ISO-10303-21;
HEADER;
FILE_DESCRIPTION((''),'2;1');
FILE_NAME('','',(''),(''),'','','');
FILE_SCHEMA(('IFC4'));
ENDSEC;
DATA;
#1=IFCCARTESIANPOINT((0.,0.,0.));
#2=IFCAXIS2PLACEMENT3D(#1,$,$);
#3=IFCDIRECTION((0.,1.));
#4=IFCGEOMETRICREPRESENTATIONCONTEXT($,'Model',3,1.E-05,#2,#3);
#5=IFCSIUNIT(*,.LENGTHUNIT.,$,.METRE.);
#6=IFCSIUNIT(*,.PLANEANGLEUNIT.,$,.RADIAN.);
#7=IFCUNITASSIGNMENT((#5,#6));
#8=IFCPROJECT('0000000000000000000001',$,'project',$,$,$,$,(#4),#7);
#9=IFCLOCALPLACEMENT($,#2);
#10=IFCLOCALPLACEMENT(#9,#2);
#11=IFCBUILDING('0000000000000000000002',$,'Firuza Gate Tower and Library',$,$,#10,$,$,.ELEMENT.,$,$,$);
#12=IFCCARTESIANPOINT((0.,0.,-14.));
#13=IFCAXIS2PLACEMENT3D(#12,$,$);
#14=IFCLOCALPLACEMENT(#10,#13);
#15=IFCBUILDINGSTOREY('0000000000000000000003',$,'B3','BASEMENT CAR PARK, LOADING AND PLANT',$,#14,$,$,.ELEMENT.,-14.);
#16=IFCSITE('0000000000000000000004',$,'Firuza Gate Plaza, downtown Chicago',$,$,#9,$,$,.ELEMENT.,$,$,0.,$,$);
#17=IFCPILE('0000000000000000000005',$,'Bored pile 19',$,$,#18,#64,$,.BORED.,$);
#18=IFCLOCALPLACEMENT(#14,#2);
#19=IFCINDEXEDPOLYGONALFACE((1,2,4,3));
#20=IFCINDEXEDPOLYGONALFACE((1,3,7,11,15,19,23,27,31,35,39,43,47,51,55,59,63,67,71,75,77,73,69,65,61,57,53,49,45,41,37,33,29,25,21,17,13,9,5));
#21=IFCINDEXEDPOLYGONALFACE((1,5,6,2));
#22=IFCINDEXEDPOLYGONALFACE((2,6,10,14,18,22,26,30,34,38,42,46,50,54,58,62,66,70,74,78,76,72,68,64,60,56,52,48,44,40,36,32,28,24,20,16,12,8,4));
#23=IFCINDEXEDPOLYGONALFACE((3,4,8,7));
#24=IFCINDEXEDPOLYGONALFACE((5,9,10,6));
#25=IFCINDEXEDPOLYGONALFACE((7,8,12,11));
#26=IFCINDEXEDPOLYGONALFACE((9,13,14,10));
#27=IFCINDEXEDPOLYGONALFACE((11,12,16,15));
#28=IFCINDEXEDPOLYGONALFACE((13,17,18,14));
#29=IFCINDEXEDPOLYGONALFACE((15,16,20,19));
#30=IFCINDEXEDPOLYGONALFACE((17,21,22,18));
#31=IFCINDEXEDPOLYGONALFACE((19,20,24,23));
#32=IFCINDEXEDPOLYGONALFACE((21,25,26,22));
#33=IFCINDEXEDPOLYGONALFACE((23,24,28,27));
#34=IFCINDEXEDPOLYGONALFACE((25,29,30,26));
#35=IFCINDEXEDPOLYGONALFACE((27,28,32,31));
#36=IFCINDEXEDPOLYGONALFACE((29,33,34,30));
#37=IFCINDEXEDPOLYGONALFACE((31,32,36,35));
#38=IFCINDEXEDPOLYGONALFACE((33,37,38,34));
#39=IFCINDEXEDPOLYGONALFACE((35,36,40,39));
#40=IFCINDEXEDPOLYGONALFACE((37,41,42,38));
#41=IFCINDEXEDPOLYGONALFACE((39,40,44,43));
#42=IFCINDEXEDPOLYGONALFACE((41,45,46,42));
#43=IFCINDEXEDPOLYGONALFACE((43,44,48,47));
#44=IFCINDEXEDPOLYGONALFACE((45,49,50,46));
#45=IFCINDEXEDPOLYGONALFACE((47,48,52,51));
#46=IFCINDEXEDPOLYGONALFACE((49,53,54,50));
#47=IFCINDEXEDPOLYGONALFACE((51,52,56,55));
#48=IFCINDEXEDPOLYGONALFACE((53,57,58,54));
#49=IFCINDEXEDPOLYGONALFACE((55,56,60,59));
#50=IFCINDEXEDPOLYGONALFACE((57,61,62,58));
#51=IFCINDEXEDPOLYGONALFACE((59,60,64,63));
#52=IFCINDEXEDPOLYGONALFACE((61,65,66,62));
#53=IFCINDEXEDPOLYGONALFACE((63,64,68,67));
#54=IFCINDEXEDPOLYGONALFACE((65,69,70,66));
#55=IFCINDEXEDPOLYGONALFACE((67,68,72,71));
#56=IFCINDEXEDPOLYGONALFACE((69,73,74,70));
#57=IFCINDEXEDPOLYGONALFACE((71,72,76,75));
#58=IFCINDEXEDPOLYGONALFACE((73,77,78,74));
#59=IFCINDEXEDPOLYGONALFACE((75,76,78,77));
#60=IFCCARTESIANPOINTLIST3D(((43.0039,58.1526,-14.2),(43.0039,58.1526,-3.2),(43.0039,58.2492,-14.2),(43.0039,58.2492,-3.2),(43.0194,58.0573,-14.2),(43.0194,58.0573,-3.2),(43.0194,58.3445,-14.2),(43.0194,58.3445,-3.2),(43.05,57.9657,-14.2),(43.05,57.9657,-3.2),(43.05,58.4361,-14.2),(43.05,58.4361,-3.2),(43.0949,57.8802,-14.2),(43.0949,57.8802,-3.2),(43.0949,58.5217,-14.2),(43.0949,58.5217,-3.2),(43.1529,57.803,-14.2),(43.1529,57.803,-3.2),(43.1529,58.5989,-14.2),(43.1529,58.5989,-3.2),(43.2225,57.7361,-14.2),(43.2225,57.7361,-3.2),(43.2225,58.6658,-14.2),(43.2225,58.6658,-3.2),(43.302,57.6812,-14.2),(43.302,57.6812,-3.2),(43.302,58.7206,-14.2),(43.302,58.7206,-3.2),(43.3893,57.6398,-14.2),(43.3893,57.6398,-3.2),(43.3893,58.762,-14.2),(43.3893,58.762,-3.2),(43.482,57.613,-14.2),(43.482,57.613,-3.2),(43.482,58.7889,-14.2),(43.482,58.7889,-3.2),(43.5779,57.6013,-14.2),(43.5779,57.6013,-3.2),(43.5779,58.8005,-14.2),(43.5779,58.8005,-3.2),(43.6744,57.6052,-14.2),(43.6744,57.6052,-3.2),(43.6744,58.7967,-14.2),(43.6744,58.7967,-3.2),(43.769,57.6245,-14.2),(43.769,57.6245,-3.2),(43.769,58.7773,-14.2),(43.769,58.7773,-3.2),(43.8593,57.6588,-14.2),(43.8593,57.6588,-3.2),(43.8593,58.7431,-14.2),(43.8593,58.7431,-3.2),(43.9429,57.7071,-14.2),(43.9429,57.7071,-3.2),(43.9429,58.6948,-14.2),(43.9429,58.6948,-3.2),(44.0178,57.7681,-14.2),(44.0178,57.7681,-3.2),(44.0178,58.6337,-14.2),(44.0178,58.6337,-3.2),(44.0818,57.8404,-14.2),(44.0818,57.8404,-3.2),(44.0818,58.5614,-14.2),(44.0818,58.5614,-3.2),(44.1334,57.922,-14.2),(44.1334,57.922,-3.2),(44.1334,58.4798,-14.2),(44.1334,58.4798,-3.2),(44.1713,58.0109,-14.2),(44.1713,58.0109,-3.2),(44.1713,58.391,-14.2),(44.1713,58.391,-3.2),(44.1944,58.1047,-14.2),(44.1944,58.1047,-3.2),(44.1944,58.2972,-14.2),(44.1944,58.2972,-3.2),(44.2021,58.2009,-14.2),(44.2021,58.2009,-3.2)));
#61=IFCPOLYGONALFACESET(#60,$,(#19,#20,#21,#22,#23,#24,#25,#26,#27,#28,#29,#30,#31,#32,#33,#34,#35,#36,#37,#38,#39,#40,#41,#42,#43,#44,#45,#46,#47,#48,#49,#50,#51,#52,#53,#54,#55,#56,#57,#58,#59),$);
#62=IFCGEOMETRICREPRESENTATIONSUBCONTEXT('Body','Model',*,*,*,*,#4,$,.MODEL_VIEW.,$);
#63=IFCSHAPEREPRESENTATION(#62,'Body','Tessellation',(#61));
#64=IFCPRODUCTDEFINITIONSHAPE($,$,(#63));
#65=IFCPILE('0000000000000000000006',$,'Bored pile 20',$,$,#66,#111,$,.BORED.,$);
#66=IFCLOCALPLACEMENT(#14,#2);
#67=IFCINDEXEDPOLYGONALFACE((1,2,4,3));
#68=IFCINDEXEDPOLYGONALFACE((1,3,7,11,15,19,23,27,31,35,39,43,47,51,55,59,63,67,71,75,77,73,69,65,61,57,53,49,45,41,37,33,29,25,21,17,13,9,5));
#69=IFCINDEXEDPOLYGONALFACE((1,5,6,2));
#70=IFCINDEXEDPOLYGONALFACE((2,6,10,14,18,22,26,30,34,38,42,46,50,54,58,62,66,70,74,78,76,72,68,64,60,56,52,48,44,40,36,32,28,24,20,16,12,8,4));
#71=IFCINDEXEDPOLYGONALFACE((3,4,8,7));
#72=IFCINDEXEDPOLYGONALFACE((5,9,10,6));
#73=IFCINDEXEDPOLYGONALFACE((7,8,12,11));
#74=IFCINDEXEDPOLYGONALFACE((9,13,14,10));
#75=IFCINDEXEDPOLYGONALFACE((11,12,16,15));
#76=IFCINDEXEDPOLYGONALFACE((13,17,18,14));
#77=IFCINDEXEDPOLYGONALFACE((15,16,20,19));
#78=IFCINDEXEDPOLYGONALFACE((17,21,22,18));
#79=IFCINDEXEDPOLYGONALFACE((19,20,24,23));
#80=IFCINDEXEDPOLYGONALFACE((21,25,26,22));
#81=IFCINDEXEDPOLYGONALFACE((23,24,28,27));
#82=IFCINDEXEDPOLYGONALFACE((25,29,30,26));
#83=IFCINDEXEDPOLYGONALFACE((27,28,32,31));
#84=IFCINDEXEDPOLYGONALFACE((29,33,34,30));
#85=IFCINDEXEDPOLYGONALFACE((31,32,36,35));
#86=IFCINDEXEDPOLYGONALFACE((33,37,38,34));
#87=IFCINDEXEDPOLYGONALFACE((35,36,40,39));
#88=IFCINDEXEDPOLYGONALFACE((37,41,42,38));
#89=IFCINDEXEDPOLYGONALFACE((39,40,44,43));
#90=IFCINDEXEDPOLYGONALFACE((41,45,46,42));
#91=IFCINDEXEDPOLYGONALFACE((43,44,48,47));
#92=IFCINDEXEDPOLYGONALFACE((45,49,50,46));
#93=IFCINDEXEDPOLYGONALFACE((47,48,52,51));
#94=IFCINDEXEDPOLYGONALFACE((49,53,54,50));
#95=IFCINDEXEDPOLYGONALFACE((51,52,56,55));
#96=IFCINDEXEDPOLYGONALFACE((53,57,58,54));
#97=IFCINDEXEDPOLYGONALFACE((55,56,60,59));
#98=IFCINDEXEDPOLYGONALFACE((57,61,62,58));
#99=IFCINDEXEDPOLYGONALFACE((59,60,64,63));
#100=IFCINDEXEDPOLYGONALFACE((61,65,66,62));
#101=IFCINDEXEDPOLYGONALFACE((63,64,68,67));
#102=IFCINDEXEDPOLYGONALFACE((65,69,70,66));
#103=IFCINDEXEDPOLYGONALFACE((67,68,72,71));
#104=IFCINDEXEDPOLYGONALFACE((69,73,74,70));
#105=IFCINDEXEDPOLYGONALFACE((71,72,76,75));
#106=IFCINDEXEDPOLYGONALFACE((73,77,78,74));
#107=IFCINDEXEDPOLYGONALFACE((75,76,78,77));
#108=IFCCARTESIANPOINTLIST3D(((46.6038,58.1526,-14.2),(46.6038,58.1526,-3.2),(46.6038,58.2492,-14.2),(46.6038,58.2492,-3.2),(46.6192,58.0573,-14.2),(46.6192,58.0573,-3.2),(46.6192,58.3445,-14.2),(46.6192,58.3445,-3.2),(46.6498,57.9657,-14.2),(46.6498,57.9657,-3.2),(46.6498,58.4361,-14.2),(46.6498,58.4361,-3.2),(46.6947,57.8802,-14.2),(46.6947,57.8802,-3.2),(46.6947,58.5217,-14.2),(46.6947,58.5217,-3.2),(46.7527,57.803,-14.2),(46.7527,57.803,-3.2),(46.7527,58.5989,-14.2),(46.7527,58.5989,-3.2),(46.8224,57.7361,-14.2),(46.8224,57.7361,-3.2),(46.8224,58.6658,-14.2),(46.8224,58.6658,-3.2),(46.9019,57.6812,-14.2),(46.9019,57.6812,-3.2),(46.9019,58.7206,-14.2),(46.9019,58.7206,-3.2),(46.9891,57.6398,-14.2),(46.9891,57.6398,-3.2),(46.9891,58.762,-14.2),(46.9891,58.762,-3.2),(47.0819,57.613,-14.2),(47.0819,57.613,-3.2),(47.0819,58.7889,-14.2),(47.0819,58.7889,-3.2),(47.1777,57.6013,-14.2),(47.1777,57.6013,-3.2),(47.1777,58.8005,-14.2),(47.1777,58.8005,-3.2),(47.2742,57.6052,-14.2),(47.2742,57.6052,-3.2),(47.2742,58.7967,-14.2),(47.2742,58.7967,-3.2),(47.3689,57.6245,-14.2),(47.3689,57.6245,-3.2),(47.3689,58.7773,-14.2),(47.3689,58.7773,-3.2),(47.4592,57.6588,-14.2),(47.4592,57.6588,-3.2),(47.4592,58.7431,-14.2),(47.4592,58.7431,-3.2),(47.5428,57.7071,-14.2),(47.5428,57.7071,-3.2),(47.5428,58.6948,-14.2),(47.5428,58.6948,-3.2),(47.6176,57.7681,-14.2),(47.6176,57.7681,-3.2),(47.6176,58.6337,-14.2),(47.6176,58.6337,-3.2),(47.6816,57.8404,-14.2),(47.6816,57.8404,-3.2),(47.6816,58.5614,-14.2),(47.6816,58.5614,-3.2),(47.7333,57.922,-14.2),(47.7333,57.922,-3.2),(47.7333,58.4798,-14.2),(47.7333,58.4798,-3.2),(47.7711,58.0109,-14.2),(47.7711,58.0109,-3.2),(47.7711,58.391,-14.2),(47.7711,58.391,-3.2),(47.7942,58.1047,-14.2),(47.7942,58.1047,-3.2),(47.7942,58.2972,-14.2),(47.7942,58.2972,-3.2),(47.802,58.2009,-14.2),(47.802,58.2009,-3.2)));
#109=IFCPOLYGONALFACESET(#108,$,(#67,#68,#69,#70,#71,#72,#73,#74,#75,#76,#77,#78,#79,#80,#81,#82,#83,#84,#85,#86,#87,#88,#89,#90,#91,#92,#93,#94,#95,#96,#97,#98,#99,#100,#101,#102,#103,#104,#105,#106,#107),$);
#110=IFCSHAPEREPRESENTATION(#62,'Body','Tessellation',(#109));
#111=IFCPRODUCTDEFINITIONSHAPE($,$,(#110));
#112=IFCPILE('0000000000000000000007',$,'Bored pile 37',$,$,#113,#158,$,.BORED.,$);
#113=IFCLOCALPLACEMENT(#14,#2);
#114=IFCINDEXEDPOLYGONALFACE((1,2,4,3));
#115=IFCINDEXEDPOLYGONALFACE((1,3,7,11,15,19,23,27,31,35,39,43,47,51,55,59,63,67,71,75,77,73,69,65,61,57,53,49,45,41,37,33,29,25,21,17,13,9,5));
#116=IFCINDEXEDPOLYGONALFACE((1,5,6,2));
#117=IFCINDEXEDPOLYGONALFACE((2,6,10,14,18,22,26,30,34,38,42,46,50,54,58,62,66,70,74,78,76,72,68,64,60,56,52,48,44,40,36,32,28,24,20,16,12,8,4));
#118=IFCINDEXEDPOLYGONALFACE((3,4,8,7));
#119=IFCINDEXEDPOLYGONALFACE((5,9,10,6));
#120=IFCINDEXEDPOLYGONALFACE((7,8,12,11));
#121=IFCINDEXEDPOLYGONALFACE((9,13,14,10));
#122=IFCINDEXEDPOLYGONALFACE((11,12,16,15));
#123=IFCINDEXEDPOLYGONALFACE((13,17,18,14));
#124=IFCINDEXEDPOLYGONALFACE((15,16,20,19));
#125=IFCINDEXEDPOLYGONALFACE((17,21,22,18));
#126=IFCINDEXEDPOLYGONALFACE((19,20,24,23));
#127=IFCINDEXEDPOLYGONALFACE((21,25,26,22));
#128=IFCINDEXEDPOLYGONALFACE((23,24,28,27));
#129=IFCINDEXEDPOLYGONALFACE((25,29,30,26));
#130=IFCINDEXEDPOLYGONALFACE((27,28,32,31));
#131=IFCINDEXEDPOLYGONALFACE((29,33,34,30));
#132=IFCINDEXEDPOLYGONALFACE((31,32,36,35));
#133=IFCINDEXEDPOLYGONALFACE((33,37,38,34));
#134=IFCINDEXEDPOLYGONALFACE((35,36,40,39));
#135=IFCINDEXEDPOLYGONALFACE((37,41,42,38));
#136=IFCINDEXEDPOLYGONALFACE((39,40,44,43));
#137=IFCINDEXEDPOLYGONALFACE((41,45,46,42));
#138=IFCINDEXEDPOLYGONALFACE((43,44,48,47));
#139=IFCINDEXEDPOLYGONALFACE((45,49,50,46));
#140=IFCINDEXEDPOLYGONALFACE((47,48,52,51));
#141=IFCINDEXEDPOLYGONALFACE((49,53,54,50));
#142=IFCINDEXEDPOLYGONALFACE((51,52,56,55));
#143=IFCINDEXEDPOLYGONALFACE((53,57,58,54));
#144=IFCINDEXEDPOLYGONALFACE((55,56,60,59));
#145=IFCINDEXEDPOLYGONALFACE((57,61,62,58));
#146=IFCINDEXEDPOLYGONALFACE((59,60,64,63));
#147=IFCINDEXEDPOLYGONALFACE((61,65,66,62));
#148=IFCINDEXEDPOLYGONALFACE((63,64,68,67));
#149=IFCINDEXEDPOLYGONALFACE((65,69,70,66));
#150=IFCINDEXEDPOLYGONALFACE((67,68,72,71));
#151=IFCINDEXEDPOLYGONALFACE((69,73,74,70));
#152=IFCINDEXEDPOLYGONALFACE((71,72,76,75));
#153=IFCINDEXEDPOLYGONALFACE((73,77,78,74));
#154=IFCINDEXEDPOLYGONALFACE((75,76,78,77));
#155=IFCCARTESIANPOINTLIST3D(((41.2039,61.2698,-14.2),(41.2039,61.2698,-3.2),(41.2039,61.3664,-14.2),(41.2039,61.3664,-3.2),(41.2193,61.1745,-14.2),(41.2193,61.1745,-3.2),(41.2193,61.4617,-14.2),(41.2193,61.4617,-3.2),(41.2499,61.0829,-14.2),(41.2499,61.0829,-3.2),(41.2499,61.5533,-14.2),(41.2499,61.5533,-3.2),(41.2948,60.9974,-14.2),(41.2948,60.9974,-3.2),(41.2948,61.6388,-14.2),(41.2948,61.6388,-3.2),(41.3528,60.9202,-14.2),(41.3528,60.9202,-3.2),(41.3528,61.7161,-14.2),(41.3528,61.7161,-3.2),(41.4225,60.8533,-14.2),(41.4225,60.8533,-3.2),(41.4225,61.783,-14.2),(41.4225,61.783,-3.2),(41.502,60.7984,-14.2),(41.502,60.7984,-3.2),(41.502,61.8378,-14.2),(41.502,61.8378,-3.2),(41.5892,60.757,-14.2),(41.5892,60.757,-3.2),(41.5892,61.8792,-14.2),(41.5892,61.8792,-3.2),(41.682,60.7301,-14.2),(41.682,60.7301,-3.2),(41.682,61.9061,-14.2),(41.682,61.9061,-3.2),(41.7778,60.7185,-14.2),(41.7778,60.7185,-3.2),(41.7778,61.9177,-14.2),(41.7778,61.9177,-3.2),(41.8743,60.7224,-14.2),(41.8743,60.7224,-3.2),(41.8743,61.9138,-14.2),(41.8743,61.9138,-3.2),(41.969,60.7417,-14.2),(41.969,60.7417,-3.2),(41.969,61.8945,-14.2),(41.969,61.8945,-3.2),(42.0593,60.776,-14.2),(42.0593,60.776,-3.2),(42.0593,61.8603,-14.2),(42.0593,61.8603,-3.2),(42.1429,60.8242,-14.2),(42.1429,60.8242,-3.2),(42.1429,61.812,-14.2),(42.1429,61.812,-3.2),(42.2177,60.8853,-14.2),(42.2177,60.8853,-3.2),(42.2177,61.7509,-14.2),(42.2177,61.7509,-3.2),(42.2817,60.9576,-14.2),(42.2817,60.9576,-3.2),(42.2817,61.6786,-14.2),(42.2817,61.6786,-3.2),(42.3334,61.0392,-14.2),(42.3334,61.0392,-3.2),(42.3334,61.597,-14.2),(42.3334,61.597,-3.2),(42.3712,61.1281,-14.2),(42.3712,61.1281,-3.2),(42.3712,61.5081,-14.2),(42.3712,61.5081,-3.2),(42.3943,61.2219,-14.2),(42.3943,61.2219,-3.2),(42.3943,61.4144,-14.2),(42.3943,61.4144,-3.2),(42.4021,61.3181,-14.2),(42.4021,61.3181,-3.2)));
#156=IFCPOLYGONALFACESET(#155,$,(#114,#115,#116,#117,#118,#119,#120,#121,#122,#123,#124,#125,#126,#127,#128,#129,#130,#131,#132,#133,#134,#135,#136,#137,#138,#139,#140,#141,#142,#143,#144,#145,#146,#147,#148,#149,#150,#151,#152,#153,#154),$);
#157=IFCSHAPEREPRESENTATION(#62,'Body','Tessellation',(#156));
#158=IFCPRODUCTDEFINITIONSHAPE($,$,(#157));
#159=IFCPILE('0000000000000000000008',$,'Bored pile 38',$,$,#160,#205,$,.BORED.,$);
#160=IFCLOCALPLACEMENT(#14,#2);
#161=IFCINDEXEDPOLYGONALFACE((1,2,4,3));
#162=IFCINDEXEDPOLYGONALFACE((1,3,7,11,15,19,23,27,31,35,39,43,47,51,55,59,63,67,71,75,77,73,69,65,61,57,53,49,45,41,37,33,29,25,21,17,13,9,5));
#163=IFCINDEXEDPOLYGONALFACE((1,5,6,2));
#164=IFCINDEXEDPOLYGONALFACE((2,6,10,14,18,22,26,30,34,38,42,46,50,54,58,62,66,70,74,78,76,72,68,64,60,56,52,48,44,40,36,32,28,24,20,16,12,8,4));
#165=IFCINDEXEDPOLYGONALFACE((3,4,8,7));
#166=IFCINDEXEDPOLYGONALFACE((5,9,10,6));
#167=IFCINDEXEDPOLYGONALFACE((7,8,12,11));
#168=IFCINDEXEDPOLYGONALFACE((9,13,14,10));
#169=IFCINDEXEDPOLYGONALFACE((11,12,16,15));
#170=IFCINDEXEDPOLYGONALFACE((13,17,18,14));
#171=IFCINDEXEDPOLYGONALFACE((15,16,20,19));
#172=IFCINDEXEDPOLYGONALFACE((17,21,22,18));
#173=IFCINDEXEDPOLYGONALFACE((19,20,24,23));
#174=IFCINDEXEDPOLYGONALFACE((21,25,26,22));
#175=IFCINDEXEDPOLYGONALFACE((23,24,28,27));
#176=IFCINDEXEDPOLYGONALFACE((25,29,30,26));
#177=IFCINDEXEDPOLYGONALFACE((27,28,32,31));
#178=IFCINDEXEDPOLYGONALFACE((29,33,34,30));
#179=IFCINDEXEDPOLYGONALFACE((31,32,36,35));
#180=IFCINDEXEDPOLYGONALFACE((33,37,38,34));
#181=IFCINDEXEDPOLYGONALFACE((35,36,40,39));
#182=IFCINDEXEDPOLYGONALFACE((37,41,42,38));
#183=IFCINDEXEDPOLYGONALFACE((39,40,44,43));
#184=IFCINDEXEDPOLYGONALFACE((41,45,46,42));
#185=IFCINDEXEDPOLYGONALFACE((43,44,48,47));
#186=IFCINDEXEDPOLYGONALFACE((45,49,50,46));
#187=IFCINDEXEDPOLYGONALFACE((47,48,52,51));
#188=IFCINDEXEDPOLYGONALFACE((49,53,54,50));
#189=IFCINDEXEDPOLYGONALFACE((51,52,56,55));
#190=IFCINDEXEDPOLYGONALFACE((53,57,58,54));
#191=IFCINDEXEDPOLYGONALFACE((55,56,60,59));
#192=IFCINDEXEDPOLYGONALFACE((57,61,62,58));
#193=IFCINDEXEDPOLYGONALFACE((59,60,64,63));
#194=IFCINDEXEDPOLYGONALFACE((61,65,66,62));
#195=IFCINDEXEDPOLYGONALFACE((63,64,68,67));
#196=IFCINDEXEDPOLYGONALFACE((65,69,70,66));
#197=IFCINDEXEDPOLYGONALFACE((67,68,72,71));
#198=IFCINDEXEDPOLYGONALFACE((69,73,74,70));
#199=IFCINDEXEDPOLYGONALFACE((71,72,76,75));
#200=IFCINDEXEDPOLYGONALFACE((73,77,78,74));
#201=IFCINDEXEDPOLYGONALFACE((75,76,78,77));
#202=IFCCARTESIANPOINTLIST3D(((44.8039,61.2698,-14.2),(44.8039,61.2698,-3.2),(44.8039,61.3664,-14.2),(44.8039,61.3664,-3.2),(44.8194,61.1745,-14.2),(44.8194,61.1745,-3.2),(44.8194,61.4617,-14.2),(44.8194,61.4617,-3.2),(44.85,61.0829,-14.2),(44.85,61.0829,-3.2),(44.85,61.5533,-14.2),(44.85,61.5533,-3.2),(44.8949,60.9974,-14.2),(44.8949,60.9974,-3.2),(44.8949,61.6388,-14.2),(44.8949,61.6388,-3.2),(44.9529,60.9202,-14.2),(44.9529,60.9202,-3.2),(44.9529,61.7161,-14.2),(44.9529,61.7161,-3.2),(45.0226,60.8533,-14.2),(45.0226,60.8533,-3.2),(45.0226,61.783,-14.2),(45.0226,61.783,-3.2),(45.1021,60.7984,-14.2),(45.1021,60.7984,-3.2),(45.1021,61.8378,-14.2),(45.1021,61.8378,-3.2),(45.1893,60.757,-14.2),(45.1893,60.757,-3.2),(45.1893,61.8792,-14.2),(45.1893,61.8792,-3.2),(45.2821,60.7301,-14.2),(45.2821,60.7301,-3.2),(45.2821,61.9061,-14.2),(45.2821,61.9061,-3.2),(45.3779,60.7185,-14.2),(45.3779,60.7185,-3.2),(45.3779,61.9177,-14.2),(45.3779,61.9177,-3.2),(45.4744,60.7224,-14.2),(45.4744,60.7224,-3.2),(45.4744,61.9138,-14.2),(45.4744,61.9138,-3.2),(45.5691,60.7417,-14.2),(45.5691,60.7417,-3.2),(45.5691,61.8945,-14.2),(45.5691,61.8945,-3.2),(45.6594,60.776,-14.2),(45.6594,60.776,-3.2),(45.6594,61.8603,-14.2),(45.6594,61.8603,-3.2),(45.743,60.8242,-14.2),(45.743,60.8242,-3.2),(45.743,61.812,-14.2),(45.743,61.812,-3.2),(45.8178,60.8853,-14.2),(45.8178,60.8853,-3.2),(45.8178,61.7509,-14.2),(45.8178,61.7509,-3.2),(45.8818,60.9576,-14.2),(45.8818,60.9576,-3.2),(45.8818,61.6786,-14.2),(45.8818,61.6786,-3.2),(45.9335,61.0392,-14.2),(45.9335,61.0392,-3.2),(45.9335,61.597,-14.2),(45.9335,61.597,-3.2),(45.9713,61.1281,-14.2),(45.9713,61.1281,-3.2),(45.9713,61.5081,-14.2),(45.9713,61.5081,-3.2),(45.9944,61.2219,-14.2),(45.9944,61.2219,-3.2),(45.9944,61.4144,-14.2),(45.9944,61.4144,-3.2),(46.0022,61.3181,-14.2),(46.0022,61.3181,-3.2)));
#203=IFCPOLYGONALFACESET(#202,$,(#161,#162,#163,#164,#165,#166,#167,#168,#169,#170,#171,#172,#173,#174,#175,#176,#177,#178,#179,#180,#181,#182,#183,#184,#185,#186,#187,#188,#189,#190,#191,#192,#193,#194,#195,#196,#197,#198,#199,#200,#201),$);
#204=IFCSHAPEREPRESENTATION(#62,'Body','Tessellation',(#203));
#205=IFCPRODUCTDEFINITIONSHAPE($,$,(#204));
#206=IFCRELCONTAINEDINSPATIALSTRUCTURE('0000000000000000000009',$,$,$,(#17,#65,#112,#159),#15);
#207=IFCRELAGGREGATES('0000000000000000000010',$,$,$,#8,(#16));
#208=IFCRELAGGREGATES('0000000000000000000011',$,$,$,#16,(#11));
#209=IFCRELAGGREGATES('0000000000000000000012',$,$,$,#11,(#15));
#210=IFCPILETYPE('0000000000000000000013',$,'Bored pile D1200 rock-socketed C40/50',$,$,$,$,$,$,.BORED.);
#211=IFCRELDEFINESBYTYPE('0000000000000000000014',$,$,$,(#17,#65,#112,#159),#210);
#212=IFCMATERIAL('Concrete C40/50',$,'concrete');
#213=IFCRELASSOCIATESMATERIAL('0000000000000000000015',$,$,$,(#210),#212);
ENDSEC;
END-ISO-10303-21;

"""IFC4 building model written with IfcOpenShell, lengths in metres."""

from ifc_helpers import new_model, si_unit, direction, frame, origin, origin_2d, place, context, subcontext, project, spatial, circle, extrude, material, material_profile, profile_set, type_object, element, save


model = new_model("IFC4")

# Units and contexts
model_context = context("Model", 3, precision=1e-05, world=origin(), true_north=direction((0.0, 1.0)))
body_context = subcontext(model_context, "Body", "Model", "MODEL_VIEW")
ifc_project = project(units=[si_unit("LENGTHUNIT", "METRE"), si_unit("PLANEANGLEUNIT", "RADIAN")], contexts=[model_context])

# Site, building, storey
site_placement = place(None, origin())
site = spatial("IfcSite", under=ifc_project, at=site_placement, Name="Firuza Gate Plaza, downtown Chicago", CompositionType="ELEMENT", RefElevation=0.0)
building_placement = place(site_placement, origin())
building = spatial("IfcBuilding", under=site, at=building_placement, Name="Firuza Gate Tower and Library", CompositionType="ELEMENT")
storey_placement = place(building_placement, frame((0.0, 0.0, -14.0)))
storey = spatial("IfcBuildingStorey", under=building, at=storey_placement, Name="B3", Description="BASEMENT CAR PARK, LOADING AND PLANT", CompositionType="ELEMENT", Elevation=-14.0)

# Piles
ifc_material_1 = material(Name="Concrete C40/50", Category="concrete")
ifc_material_profile_1 = material_profile(ifc_material_1, circle(Radius=0.6001, at=origin_2d()))
ifc_profile_set_1 = profile_set([ifc_material_profile_1], Name="Concrete C40/50")
pile_type = type_object("IfcPileType", Name="Bored pile D1200 rock-socketed C40/50", PredefinedType="BORED", material=ifc_profile_set_1)
for number, where, z_axis, x_axis, name in (
    (1, (43.6021, 58.2009, -3.2), (0.0, 0.0, -1.0), (1.0, 0.0, 0.0), "Bored pile 19"),
    (2, (47.2019, 58.2009, -3.2), (0.0, 0.0, -1.0), (1.0, 0.0, 0.0), "Bored pile 20"),
    (3, (41.802, 61.3181, -3.2), (0.0, 0.0, -1.0), (1.0, 0.0, 0.0), "Bored pile 37"),
    (4, (45.4021, 61.3181, -3.2), (0.0, 0.0, -1.0), (1.0, 0.0, 0.0), "Bored pile 38"),
):
    element("IfcPile", number, at=place(storey_placement, frame(where, z_axis=z_axis, x_axis=x_axis)), inside=storey, type_object=pile_type, Name=name, PredefinedType="BORED", context=body_context, shape_type="SweptSolid", body=[
        extrude(circle(Radius=0.6001, at=origin_2d()), origin(), (0.0, 0.0, 1.0), 11.0),
    ])

save(model, "model.ifc")
